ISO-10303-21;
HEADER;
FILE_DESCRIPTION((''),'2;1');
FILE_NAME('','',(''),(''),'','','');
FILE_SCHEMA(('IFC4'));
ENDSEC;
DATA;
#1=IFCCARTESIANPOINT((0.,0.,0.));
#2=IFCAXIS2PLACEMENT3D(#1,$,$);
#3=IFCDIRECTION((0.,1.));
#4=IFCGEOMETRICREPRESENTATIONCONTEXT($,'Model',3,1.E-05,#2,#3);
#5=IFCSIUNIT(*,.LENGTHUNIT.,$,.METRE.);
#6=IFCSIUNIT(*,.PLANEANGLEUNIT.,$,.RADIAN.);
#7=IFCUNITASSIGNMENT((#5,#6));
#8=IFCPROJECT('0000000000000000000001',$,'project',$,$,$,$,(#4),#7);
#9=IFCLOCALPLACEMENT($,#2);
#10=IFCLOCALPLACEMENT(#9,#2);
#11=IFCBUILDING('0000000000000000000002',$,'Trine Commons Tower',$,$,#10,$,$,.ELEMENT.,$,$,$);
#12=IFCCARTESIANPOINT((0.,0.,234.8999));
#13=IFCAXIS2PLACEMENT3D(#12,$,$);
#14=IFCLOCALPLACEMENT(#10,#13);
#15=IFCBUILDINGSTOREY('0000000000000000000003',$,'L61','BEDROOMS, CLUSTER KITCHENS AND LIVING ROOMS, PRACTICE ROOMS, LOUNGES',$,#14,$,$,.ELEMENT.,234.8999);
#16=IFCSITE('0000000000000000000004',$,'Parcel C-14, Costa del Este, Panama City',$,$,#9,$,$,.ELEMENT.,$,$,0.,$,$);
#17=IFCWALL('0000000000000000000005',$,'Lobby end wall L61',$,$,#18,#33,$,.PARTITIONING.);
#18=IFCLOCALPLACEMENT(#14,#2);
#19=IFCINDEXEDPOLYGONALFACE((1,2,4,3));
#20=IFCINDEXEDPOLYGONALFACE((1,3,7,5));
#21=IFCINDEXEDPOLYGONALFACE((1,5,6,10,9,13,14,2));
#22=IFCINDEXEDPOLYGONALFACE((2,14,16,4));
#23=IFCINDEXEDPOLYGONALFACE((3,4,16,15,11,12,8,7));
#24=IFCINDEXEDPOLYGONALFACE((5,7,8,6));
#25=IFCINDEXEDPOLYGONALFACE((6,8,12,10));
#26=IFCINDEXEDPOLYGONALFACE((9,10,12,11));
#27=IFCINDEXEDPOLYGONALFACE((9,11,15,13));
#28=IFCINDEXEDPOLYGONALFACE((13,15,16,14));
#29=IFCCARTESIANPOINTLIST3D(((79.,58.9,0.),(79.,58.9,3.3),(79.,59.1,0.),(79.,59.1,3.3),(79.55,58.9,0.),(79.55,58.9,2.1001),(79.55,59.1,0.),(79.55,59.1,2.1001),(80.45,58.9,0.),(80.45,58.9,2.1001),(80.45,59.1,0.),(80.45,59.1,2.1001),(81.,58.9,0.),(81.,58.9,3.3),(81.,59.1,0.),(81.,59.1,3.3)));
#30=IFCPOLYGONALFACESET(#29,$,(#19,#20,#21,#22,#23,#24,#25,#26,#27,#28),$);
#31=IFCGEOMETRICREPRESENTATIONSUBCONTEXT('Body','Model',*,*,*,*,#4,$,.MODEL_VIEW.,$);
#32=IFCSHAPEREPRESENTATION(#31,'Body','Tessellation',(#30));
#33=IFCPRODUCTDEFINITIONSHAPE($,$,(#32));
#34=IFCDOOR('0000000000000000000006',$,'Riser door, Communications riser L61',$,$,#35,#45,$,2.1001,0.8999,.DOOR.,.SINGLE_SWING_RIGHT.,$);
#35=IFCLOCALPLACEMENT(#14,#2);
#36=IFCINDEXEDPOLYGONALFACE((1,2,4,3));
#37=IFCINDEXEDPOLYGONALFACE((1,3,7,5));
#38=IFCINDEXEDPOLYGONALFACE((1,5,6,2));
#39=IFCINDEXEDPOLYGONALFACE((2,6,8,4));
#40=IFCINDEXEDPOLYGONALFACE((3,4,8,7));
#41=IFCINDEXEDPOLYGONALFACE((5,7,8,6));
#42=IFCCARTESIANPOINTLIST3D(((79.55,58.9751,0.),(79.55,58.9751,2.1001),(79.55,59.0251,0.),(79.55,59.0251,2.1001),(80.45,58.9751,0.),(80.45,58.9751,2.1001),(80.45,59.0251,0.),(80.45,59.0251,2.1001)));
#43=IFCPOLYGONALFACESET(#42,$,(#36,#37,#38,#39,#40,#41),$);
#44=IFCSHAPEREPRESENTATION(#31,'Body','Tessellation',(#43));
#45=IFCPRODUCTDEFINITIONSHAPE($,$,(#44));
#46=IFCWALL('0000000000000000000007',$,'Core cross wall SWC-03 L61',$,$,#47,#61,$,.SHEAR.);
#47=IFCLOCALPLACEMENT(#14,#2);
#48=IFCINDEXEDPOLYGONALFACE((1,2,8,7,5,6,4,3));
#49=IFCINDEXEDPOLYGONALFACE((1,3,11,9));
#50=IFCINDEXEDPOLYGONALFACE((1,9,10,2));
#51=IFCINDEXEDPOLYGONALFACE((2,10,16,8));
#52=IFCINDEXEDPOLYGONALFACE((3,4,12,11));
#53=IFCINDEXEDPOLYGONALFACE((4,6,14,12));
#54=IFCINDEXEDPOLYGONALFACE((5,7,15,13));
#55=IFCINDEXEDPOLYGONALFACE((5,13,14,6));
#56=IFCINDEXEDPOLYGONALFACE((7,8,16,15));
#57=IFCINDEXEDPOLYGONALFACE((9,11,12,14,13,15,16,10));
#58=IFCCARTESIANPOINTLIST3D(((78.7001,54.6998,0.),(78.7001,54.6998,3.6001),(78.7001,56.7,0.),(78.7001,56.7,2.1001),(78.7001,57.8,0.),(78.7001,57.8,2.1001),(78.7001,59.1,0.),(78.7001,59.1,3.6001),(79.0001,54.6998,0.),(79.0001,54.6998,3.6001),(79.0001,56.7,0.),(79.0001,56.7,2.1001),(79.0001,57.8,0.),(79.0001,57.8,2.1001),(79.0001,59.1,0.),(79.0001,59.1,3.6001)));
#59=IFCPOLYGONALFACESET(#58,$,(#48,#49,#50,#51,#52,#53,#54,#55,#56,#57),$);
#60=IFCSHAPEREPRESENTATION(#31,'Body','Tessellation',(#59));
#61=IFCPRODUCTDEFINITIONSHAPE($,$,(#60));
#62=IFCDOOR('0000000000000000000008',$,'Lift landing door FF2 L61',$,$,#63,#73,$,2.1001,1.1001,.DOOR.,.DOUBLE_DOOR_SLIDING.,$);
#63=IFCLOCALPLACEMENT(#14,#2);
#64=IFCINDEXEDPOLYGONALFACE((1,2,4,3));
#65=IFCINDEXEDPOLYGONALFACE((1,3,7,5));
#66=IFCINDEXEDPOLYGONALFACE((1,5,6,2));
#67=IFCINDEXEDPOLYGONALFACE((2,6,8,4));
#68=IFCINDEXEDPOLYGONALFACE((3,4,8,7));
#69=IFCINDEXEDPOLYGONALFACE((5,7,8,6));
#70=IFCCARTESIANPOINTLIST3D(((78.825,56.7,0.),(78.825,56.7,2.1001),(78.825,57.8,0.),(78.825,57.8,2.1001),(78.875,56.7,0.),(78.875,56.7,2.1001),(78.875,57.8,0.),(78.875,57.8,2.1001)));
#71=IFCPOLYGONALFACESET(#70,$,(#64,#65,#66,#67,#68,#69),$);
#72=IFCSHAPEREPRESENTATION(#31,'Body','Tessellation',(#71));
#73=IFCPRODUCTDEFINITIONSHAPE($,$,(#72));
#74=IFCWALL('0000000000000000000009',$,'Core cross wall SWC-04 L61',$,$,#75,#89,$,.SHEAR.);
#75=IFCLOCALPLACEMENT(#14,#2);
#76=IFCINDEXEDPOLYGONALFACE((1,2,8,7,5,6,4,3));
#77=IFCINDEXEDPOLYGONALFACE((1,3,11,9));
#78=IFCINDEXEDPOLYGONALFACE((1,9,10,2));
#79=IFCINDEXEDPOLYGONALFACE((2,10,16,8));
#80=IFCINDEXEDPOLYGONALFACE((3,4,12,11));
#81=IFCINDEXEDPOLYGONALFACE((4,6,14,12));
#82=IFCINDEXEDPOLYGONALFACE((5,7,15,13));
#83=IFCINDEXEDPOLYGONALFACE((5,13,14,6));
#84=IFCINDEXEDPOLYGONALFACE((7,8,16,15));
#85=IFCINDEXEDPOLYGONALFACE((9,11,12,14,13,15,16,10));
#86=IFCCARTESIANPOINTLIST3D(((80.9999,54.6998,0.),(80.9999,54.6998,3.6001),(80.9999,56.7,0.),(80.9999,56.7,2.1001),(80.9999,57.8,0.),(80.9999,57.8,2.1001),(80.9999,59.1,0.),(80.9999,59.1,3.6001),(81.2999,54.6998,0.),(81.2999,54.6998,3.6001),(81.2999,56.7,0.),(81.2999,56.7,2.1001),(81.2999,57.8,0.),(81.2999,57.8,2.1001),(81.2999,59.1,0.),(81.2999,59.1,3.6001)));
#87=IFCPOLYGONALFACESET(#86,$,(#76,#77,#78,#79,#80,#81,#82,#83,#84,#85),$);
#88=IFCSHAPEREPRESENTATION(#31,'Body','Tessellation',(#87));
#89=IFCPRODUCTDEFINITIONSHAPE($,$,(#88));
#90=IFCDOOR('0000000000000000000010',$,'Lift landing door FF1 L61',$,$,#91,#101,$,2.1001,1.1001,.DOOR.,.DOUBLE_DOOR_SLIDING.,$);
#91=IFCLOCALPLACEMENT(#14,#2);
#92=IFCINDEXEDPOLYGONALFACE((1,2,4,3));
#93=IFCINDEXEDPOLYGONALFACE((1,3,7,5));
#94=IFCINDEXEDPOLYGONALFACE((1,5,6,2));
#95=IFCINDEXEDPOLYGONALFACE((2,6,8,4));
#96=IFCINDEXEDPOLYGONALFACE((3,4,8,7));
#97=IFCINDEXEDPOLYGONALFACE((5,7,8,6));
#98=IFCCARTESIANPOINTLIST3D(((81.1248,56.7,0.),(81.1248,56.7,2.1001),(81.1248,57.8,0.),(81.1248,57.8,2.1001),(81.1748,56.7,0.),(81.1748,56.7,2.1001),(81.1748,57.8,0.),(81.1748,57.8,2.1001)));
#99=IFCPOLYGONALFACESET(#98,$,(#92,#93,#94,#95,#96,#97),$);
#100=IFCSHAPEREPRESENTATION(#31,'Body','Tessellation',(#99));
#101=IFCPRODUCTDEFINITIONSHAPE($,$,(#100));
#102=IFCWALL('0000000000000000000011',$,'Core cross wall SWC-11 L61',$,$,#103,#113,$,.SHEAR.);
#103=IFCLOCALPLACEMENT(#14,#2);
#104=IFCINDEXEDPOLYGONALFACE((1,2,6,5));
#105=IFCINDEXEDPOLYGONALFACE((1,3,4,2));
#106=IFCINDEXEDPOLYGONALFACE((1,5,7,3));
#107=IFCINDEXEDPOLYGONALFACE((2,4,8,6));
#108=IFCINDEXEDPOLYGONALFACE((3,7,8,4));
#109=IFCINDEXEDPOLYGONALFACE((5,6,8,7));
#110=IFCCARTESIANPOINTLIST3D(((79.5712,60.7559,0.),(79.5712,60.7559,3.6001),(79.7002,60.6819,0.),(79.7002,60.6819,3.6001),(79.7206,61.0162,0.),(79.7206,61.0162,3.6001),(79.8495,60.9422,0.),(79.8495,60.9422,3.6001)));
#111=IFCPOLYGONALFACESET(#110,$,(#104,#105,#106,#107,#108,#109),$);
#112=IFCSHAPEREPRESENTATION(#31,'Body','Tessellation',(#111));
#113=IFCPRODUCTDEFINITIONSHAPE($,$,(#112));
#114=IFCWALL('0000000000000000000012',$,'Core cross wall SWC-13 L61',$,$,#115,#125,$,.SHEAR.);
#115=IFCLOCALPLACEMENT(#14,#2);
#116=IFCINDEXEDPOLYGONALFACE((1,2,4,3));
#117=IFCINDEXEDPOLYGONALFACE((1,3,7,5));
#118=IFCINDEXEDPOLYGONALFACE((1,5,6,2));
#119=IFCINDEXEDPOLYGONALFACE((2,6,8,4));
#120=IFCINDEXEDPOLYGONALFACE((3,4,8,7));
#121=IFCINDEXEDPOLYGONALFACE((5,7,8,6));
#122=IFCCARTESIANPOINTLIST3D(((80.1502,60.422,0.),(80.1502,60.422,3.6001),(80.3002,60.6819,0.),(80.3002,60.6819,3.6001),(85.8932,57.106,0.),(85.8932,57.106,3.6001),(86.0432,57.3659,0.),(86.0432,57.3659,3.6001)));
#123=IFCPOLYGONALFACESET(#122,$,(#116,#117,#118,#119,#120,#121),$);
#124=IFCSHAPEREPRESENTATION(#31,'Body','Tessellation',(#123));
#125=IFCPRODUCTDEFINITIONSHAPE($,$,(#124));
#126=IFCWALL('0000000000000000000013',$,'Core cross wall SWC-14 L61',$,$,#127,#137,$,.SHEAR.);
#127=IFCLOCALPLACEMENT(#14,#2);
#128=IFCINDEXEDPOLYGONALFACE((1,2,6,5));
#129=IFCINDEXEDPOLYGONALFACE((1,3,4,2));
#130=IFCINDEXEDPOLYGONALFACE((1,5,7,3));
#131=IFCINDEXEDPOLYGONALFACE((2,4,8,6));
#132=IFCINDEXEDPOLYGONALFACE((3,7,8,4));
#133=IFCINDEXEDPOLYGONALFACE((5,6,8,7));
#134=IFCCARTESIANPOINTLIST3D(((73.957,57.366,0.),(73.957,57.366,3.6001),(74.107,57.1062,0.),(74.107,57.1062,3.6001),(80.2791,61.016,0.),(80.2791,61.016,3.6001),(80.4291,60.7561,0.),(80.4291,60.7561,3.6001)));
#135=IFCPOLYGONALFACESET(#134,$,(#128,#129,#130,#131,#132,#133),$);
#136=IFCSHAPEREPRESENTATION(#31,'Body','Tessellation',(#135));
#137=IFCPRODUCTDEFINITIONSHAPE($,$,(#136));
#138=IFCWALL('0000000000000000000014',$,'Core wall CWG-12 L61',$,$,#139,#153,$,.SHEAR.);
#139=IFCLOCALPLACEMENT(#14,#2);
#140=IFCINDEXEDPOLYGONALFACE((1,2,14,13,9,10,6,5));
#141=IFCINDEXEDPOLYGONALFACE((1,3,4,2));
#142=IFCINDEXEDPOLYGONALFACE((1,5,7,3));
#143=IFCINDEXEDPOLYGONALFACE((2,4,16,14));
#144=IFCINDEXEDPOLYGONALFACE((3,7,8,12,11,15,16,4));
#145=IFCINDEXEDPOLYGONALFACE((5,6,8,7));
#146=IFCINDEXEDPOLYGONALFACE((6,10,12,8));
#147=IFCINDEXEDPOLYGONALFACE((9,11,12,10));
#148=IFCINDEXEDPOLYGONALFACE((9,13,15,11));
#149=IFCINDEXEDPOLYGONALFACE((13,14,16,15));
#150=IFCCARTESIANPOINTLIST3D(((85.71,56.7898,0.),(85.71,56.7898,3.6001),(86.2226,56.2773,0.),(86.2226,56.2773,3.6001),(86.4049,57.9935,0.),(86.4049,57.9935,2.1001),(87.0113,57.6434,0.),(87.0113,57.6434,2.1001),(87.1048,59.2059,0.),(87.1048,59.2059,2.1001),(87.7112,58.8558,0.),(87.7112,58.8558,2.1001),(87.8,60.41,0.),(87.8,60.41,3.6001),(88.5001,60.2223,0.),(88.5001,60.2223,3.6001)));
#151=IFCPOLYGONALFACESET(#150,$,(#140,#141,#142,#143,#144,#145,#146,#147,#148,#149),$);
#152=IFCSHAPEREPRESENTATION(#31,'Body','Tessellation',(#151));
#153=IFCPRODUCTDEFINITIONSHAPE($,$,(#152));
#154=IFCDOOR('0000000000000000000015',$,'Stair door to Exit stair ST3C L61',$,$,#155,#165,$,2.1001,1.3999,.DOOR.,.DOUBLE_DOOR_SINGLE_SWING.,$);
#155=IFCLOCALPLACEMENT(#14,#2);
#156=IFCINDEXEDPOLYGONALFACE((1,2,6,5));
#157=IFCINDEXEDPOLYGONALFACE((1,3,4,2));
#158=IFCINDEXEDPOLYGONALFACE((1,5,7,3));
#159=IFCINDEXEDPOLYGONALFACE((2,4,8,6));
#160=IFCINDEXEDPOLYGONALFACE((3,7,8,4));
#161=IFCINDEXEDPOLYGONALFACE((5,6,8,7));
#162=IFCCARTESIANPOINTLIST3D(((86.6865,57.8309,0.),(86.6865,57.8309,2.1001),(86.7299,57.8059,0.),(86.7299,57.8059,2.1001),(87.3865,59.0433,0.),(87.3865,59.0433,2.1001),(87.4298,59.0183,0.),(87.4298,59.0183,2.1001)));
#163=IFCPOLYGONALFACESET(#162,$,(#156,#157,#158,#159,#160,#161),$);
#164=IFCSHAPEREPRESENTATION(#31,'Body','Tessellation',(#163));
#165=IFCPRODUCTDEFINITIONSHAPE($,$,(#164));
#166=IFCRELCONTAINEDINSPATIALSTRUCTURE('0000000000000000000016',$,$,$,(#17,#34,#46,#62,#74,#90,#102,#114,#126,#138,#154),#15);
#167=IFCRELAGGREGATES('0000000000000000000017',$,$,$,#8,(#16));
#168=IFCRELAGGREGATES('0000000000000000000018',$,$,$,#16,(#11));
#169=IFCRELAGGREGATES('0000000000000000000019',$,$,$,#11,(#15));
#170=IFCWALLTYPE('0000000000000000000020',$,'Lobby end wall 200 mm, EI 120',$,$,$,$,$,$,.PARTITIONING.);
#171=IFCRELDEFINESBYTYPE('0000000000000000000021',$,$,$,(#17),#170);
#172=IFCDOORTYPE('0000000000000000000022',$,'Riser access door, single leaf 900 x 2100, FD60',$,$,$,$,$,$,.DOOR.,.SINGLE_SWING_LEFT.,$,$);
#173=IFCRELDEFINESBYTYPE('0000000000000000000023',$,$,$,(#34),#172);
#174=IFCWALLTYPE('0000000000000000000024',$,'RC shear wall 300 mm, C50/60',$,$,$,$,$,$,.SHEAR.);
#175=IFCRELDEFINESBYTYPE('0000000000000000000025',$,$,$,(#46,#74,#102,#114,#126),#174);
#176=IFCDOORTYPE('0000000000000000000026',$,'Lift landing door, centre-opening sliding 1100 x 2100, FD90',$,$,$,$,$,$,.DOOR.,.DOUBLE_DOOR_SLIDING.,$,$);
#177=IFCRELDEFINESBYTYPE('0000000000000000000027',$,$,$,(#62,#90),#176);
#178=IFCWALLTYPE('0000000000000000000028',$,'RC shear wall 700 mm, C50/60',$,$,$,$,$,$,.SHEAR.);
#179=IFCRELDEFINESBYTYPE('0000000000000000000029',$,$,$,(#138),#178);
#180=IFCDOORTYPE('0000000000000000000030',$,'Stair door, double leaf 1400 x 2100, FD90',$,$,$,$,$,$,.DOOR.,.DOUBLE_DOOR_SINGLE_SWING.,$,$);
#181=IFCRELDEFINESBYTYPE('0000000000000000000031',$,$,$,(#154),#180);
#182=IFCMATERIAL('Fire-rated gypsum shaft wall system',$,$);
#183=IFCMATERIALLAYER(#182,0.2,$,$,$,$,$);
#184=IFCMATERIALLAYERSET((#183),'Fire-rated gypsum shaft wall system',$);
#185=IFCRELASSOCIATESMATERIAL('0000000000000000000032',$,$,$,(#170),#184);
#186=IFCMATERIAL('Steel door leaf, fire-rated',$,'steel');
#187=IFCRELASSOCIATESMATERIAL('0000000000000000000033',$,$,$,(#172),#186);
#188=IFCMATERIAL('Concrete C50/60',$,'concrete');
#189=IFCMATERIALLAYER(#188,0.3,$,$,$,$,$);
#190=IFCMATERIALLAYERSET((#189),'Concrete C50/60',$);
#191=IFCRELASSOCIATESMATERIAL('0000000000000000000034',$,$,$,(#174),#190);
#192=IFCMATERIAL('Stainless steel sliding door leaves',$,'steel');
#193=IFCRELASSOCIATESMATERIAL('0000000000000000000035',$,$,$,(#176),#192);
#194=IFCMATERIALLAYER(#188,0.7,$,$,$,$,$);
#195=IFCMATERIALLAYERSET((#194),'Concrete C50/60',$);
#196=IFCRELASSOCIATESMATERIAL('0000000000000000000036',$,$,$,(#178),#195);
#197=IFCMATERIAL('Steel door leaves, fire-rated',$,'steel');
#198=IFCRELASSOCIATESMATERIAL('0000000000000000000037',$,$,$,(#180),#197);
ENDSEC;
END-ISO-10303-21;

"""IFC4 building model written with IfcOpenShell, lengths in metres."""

from ifc_helpers import new_model, si_unit, direction, frame, frame_2d, origin, place, context, subcontext, project, spatial, polyline, rectangle, outline, extrude, material, layer, layer_set, type_object, element, fill, save


model = new_model("IFC4")

# Units and contexts
model_context = context("Model", 3, precision=1e-05, world=origin(), true_north=direction((0.0, 1.0)))
body_context = subcontext(model_context, "Body", "Model", "MODEL_VIEW")
ifc_project = project(units=[si_unit("LENGTHUNIT", "METRE"), si_unit("PLANEANGLEUNIT", "RADIAN")], contexts=[model_context])

# Site, building, storey
site_placement = place(None, origin())
site = spatial("IfcSite", under=ifc_project, at=site_placement, Name="Parcel C-14, Costa del Este, Panama City", CompositionType="ELEMENT", RefElevation=0.0)
building_placement = place(site_placement, origin())
building = spatial("IfcBuilding", under=site, at=building_placement, Name="Trine Commons Tower", CompositionType="ELEMENT")
storey_placement = place(building_placement, frame((0.0, 0.0, 234.8999)))
storey = spatial("IfcBuildingStorey", under=building, at=storey_placement, Name="L61", Description="BEDROOMS, CLUSTER KITCHENS AND LIVING ROOMS, PRACTICE ROOMS, LOUNGES", CompositionType="ELEMENT", Elevation=234.8999)

# Walls, openings, doors
ifc_material_1 = material(Name="Fire-rated gypsum shaft wall system")
ifc_layer_1 = layer(ifc_material_1, 0.2)
ifc_layer_set_1 = layer_set([ifc_layer_1], Name="Fire-rated gypsum shaft wall system")
wall_type_1 = type_object("IfcWallType", Name="Lobby end wall 200 mm, EI 120", PredefinedType="PARTITIONING", material=ifc_layer_set_1)
wall_1_placement = place(storey_placement, frame((79.0, 59.0, 0.0), z_axis=(0.0, 0.0, 1.0), x_axis=(1.0, 0.0, 0.0)))
wall_1 = element("IfcWall", 1, at=wall_1_placement, inside=storey, type_object=wall_type_1, Name="Lobby end wall L61", PredefinedType="PARTITIONING", context=body_context, shape_type="SweptSolid", body=[
    extrude(rectangle(XDim=2.0, YDim=0.2, at=frame_2d((1.0, 0.0))), origin(), (0.0, 0.0, 1.0), 3.3),
])
opening_1_placement = place(wall_1_placement, frame((0.55, 0.0, 0.0)))
opening_1 = element("IfcOpeningElement", 2, at=opening_1_placement, cuts=wall_1, PredefinedType="OPENING", context=body_context, shape_type="SweptSolid", body=[
    extrude(rectangle(XDim=0.8999, YDim=2.1001, at=frame_2d((0.45, 1.05))), frame((0.0, 0.1099, 0.0), z_axis=(0.0, -1.0, 0.0), x_axis=(1.0, 0.0, 0.0)), (0.0, 0.0, 1.0), 0.22),
])
ifc_material_2 = material(Name="Steel door leaf, fire-rated", Category="steel")
door_type_1 = type_object("IfcDoorType", Name="Riser access door, single leaf 900 x 2100, FD60", OperationType="SINGLE_SWING_LEFT", PredefinedType="DOOR", material=ifc_material_2)
door_1_placement = place(opening_1_placement, frame((0.8999, 0.0, 0.0), z_axis=(0.0, 0.0, 1.0), x_axis=(-1.0, 0.0, 0.0)))
door_1 = element("IfcDoor", 3, at=door_1_placement, inside=storey, type_object=door_type_1, Name="Riser door, Communications riser L61", OperationType="SINGLE_SWING_RIGHT", OverallHeight=2.1001, OverallWidth=0.8999, PredefinedType="DOOR", context=body_context, shape_type="SweptSolid", body=[
    extrude(rectangle(XDim=0.8999, YDim=2.1001, at=frame_2d((0.45, 1.05))), frame((0.0, 0.0249, 0.0), z_axis=(0.0, -1.0, 0.0), x_axis=(1.0, 0.0, 0.0)), (0.0, 0.0, 1.0), 0.05),
])
fill(opening_1, door_1)
ifc_material_3 = material(Name="Concrete C50/60", Category="concrete")
ifc_layer_2 = layer(ifc_material_3, 0.3)
ifc_layer_set_2 = layer_set([ifc_layer_2], Name="Concrete C50/60")
wall_type_2 = type_object("IfcWallType", Name="RC shear wall 300 mm, C50/60", PredefinedType="SHEAR", material=ifc_layer_set_2)
wall_2_placement = place(storey_placement, frame((78.8501, 59.1001, 0.0), z_axis=(0.0, 0.0, 1.0), x_axis=(0.0, -1.0, 0.0)))
wall_2 = element("IfcWall", 4, at=wall_2_placement, inside=storey, type_object=wall_type_2, Name="Core cross wall SWC-03 L61", PredefinedType="SHEAR", context=body_context, shape_type="SweptSolid", body=[
    extrude(rectangle(XDim=4.4001, YDim=0.3, at=frame_2d((2.2002, 0.0))), origin(), (0.0, 0.0, 1.0), 3.6001),
])
opening_2_placement = place(wall_2_placement, frame((1.3, 0.0, 0.0)))
opening_2 = element("IfcOpeningElement", 5, at=opening_2_placement, cuts=wall_2, PredefinedType="OPENING", context=body_context, shape_type="SweptSolid", body=[
    extrude(rectangle(XDim=1.1001, YDim=2.1001, at=frame_2d((0.55, 1.05))), frame((0.0, 0.1599, 0.0), z_axis=(0.0, -1.0, 0.0), x_axis=(1.0, 0.0, 0.0)), (0.0, 0.0, 1.0), 0.3201),
])
ifc_material_4 = material(Name="Stainless steel sliding door leaves", Category="steel")
door_type_2 = type_object("IfcDoorType", Name="Lift landing door, centre-opening sliding 1100 x 2100, FD90", OperationType="DOUBLE_DOOR_SLIDING", PredefinedType="DOOR", material=ifc_material_4)
door_2_placement = place(opening_2_placement, origin())
door_2 = element("IfcDoor", 6, at=door_2_placement, inside=storey, type_object=door_type_2, Name="Lift landing door FF2 L61", OperationType="DOUBLE_DOOR_SLIDING", OverallHeight=2.1001, OverallWidth=1.1001, PredefinedType="DOOR", context=body_context, shape_type="SweptSolid", body=[
    extrude(rectangle(XDim=1.1001, YDim=2.1001, at=frame_2d((0.55, 1.05))), frame((0.0, 0.0249, 0.0), z_axis=(0.0, -1.0, 0.0), x_axis=(1.0, 0.0, 0.0)), (0.0, 0.0, 1.0), 0.05),
])
fill(opening_2, door_2)
wall_3_placement = place(storey_placement, frame((81.1499, 59.1001, 0.0), z_axis=(0.0, 0.0, 1.0), x_axis=(0.0, -1.0, 0.0)))
wall_3 = element("IfcWall", 7, at=wall_3_placement, inside=storey, type_object=wall_type_2, Name="Core cross wall SWC-04 L61", PredefinedType="SHEAR", context=body_context, shape_type="SweptSolid", body=[
    extrude(rectangle(XDim=4.4001, YDim=0.3, at=frame_2d((2.2002, 0.0))), origin(), (0.0, 0.0, 1.0), 3.6001),
])
opening_3_placement = place(wall_3_placement, frame((1.3, 0.0, 0.0)))
opening_3 = element("IfcOpeningElement", 8, at=opening_3_placement, cuts=wall_3, PredefinedType="OPENING", context=body_context, shape_type="SweptSolid", body=[
    extrude(rectangle(XDim=1.1001, YDim=2.1001, at=frame_2d((0.55, 1.05))), frame((0.0, 0.1599, 0.0), z_axis=(0.0, -1.0, 0.0), x_axis=(1.0, 0.0, 0.0)), (0.0, 0.0, 1.0), 0.3201),
])
door_3_placement = place(opening_3_placement, origin())
door_3 = element("IfcDoor", 9, at=door_3_placement, inside=storey, type_object=door_type_2, Name="Lift landing door FF1 L61", OperationType="DOUBLE_DOOR_SLIDING", OverallHeight=2.1001, OverallWidth=1.1001, PredefinedType="DOOR", context=body_context, shape_type="SweptSolid", body=[
    extrude(rectangle(XDim=1.1001, YDim=2.1001, at=frame_2d((0.55, 1.05))), frame((0.0, 0.0249, 0.0), z_axis=(0.0, -1.0, 0.0), x_axis=(1.0, 0.0, 0.0)), (0.0, 0.0, 1.0), 0.05),
])
fill(opening_3, door_3)

# Walls
wall_4_placement = place(storey_placement, frame((79.646, 60.886, 0.0), z_axis=(0.0, 0.0, 1.0), x_axis=(0.867332, -0.49773, 0.0)))
element("IfcWall", 10, at=wall_4_placement, inside=storey, type_object=wall_type_2, Name="Core cross wall SWC-11 L61", PredefinedType="SHEAR", context=body_context, shape_type="SweptSolid", body=[
    extrude(rectangle(XDim=0.1487, YDim=0.3, at=frame_2d((0.0742, 0.0))), origin(), (0.0, 0.0, 1.0), 3.6001),
])
wall_5_placement = place(storey_placement, frame((80.2251, 60.552, 0.0), z_axis=(0.0, 0.0, 1.0), x_axis=(0.86601, -0.500027, 0.0)))
element("IfcWall", 11, at=wall_5_placement, inside=storey, type_object=wall_type_2, Name="Core cross wall SWC-13 L61", PredefinedType="SHEAR", context=body_context, shape_type="SweptSolid", body=[
    extrude(rectangle(XDim=6.6316, YDim=0.3, at=frame_2d((3.3159, 0.0))), origin(), (0.0, 0.0, 1.0), 3.6001),
])
wall_6_placement = place(storey_placement, frame((80.354, 60.886, 0.0), z_axis=(0.0, 0.0, 1.0), x_axis=(-0.866032, -0.499988, 0.0)))
element("IfcWall", 12, at=wall_6_placement, inside=storey, type_object=wall_type_2, Name="Core cross wall SWC-14 L61", PredefinedType="SHEAR", context=body_context, shape_type="SweptSolid", body=[
    extrude(rectangle(XDim=7.3, YDim=0.3, at=frame_2d((3.6499, 0.0))), origin(), (0.0, 0.0, 1.0), 3.6001),
])

# Wall, opening, door
ifc_layer_3 = layer(ifc_material_3, 0.7)
ifc_layer_set_3 = layer_set([ifc_layer_3], Name="Concrete C50/60")
wall_type_3 = type_object("IfcWallType", Name="RC shear wall 700 mm, C50/60", PredefinedType="SHEAR", material=ifc_layer_set_3)
wall_7_placement = place(storey_placement, frame((85.9194, 56.4524, 0.0), z_axis=(0.0, 0.0, 1.0), x_axis=(0.499984, 0.866035, 0.0)))
wall_7 = element("IfcWall", 13, at=wall_7_placement, inside=storey, type_object=wall_type_3, Name="Core wall CWG-12 L61", PredefinedType="SHEAR", context=body_context, shape_type="SweptSolid", body=[
    extrude(outline(polyline([(0.0, -0.3501), (4.5552, -0.3501), (4.3677, 0.3501), (0.1875, 0.3501), (0.0, -0.3501)])), origin(), (0.0, 0.0, 1.0), 3.6001),
])
opening_4_placement = place(wall_7_placement, frame((1.5774, 0.0, 0.0)))
opening_4 = element("IfcOpeningElement", 14, at=opening_4_placement, cuts=wall_7, PredefinedType="OPENING", context=body_context, shape_type="SweptSolid", body=[
    extrude(rectangle(XDim=1.3999, YDim=2.1001, at=frame_2d((0.7, 1.05))), frame((0.0, 0.3599, 0.0), z_axis=(0.0, -1.0, 0.0), x_axis=(1.0, 0.0, 0.0)), (0.0, 0.0, 1.0), 0.72),
])
ifc_material_5 = material(Name="Steel door leaves, fire-rated", Category="steel")
door_type_3 = type_object("IfcDoorType", Name="Stair door, double leaf 1400 x 2100, FD90", OperationType="DOUBLE_DOOR_SINGLE_SWING", PredefinedType="DOOR", material=ifc_material_5)
door_4_placement = place(opening_4_placement, origin())
door_4 = element("IfcDoor", 15, at=door_4_placement, inside=storey, type_object=door_type_3, Name="Stair door to Exit stair ST3C L61", OperationType="DOUBLE_DOOR_SINGLE_SWING", OverallHeight=2.1001, OverallWidth=1.3999, PredefinedType="DOOR", context=body_context, shape_type="SweptSolid", body=[
    extrude(rectangle(XDim=1.3999, YDim=2.1001, at=frame_2d((0.7, 1.05))), frame((0.0, 0.0249, 0.0), z_axis=(0.0, -1.0, 0.0), x_axis=(1.0, 0.0, 0.0)), (0.0, 0.0, 1.0), 0.05),
])
fill(opening_4, door_4)

save(model, "model.ifc")
